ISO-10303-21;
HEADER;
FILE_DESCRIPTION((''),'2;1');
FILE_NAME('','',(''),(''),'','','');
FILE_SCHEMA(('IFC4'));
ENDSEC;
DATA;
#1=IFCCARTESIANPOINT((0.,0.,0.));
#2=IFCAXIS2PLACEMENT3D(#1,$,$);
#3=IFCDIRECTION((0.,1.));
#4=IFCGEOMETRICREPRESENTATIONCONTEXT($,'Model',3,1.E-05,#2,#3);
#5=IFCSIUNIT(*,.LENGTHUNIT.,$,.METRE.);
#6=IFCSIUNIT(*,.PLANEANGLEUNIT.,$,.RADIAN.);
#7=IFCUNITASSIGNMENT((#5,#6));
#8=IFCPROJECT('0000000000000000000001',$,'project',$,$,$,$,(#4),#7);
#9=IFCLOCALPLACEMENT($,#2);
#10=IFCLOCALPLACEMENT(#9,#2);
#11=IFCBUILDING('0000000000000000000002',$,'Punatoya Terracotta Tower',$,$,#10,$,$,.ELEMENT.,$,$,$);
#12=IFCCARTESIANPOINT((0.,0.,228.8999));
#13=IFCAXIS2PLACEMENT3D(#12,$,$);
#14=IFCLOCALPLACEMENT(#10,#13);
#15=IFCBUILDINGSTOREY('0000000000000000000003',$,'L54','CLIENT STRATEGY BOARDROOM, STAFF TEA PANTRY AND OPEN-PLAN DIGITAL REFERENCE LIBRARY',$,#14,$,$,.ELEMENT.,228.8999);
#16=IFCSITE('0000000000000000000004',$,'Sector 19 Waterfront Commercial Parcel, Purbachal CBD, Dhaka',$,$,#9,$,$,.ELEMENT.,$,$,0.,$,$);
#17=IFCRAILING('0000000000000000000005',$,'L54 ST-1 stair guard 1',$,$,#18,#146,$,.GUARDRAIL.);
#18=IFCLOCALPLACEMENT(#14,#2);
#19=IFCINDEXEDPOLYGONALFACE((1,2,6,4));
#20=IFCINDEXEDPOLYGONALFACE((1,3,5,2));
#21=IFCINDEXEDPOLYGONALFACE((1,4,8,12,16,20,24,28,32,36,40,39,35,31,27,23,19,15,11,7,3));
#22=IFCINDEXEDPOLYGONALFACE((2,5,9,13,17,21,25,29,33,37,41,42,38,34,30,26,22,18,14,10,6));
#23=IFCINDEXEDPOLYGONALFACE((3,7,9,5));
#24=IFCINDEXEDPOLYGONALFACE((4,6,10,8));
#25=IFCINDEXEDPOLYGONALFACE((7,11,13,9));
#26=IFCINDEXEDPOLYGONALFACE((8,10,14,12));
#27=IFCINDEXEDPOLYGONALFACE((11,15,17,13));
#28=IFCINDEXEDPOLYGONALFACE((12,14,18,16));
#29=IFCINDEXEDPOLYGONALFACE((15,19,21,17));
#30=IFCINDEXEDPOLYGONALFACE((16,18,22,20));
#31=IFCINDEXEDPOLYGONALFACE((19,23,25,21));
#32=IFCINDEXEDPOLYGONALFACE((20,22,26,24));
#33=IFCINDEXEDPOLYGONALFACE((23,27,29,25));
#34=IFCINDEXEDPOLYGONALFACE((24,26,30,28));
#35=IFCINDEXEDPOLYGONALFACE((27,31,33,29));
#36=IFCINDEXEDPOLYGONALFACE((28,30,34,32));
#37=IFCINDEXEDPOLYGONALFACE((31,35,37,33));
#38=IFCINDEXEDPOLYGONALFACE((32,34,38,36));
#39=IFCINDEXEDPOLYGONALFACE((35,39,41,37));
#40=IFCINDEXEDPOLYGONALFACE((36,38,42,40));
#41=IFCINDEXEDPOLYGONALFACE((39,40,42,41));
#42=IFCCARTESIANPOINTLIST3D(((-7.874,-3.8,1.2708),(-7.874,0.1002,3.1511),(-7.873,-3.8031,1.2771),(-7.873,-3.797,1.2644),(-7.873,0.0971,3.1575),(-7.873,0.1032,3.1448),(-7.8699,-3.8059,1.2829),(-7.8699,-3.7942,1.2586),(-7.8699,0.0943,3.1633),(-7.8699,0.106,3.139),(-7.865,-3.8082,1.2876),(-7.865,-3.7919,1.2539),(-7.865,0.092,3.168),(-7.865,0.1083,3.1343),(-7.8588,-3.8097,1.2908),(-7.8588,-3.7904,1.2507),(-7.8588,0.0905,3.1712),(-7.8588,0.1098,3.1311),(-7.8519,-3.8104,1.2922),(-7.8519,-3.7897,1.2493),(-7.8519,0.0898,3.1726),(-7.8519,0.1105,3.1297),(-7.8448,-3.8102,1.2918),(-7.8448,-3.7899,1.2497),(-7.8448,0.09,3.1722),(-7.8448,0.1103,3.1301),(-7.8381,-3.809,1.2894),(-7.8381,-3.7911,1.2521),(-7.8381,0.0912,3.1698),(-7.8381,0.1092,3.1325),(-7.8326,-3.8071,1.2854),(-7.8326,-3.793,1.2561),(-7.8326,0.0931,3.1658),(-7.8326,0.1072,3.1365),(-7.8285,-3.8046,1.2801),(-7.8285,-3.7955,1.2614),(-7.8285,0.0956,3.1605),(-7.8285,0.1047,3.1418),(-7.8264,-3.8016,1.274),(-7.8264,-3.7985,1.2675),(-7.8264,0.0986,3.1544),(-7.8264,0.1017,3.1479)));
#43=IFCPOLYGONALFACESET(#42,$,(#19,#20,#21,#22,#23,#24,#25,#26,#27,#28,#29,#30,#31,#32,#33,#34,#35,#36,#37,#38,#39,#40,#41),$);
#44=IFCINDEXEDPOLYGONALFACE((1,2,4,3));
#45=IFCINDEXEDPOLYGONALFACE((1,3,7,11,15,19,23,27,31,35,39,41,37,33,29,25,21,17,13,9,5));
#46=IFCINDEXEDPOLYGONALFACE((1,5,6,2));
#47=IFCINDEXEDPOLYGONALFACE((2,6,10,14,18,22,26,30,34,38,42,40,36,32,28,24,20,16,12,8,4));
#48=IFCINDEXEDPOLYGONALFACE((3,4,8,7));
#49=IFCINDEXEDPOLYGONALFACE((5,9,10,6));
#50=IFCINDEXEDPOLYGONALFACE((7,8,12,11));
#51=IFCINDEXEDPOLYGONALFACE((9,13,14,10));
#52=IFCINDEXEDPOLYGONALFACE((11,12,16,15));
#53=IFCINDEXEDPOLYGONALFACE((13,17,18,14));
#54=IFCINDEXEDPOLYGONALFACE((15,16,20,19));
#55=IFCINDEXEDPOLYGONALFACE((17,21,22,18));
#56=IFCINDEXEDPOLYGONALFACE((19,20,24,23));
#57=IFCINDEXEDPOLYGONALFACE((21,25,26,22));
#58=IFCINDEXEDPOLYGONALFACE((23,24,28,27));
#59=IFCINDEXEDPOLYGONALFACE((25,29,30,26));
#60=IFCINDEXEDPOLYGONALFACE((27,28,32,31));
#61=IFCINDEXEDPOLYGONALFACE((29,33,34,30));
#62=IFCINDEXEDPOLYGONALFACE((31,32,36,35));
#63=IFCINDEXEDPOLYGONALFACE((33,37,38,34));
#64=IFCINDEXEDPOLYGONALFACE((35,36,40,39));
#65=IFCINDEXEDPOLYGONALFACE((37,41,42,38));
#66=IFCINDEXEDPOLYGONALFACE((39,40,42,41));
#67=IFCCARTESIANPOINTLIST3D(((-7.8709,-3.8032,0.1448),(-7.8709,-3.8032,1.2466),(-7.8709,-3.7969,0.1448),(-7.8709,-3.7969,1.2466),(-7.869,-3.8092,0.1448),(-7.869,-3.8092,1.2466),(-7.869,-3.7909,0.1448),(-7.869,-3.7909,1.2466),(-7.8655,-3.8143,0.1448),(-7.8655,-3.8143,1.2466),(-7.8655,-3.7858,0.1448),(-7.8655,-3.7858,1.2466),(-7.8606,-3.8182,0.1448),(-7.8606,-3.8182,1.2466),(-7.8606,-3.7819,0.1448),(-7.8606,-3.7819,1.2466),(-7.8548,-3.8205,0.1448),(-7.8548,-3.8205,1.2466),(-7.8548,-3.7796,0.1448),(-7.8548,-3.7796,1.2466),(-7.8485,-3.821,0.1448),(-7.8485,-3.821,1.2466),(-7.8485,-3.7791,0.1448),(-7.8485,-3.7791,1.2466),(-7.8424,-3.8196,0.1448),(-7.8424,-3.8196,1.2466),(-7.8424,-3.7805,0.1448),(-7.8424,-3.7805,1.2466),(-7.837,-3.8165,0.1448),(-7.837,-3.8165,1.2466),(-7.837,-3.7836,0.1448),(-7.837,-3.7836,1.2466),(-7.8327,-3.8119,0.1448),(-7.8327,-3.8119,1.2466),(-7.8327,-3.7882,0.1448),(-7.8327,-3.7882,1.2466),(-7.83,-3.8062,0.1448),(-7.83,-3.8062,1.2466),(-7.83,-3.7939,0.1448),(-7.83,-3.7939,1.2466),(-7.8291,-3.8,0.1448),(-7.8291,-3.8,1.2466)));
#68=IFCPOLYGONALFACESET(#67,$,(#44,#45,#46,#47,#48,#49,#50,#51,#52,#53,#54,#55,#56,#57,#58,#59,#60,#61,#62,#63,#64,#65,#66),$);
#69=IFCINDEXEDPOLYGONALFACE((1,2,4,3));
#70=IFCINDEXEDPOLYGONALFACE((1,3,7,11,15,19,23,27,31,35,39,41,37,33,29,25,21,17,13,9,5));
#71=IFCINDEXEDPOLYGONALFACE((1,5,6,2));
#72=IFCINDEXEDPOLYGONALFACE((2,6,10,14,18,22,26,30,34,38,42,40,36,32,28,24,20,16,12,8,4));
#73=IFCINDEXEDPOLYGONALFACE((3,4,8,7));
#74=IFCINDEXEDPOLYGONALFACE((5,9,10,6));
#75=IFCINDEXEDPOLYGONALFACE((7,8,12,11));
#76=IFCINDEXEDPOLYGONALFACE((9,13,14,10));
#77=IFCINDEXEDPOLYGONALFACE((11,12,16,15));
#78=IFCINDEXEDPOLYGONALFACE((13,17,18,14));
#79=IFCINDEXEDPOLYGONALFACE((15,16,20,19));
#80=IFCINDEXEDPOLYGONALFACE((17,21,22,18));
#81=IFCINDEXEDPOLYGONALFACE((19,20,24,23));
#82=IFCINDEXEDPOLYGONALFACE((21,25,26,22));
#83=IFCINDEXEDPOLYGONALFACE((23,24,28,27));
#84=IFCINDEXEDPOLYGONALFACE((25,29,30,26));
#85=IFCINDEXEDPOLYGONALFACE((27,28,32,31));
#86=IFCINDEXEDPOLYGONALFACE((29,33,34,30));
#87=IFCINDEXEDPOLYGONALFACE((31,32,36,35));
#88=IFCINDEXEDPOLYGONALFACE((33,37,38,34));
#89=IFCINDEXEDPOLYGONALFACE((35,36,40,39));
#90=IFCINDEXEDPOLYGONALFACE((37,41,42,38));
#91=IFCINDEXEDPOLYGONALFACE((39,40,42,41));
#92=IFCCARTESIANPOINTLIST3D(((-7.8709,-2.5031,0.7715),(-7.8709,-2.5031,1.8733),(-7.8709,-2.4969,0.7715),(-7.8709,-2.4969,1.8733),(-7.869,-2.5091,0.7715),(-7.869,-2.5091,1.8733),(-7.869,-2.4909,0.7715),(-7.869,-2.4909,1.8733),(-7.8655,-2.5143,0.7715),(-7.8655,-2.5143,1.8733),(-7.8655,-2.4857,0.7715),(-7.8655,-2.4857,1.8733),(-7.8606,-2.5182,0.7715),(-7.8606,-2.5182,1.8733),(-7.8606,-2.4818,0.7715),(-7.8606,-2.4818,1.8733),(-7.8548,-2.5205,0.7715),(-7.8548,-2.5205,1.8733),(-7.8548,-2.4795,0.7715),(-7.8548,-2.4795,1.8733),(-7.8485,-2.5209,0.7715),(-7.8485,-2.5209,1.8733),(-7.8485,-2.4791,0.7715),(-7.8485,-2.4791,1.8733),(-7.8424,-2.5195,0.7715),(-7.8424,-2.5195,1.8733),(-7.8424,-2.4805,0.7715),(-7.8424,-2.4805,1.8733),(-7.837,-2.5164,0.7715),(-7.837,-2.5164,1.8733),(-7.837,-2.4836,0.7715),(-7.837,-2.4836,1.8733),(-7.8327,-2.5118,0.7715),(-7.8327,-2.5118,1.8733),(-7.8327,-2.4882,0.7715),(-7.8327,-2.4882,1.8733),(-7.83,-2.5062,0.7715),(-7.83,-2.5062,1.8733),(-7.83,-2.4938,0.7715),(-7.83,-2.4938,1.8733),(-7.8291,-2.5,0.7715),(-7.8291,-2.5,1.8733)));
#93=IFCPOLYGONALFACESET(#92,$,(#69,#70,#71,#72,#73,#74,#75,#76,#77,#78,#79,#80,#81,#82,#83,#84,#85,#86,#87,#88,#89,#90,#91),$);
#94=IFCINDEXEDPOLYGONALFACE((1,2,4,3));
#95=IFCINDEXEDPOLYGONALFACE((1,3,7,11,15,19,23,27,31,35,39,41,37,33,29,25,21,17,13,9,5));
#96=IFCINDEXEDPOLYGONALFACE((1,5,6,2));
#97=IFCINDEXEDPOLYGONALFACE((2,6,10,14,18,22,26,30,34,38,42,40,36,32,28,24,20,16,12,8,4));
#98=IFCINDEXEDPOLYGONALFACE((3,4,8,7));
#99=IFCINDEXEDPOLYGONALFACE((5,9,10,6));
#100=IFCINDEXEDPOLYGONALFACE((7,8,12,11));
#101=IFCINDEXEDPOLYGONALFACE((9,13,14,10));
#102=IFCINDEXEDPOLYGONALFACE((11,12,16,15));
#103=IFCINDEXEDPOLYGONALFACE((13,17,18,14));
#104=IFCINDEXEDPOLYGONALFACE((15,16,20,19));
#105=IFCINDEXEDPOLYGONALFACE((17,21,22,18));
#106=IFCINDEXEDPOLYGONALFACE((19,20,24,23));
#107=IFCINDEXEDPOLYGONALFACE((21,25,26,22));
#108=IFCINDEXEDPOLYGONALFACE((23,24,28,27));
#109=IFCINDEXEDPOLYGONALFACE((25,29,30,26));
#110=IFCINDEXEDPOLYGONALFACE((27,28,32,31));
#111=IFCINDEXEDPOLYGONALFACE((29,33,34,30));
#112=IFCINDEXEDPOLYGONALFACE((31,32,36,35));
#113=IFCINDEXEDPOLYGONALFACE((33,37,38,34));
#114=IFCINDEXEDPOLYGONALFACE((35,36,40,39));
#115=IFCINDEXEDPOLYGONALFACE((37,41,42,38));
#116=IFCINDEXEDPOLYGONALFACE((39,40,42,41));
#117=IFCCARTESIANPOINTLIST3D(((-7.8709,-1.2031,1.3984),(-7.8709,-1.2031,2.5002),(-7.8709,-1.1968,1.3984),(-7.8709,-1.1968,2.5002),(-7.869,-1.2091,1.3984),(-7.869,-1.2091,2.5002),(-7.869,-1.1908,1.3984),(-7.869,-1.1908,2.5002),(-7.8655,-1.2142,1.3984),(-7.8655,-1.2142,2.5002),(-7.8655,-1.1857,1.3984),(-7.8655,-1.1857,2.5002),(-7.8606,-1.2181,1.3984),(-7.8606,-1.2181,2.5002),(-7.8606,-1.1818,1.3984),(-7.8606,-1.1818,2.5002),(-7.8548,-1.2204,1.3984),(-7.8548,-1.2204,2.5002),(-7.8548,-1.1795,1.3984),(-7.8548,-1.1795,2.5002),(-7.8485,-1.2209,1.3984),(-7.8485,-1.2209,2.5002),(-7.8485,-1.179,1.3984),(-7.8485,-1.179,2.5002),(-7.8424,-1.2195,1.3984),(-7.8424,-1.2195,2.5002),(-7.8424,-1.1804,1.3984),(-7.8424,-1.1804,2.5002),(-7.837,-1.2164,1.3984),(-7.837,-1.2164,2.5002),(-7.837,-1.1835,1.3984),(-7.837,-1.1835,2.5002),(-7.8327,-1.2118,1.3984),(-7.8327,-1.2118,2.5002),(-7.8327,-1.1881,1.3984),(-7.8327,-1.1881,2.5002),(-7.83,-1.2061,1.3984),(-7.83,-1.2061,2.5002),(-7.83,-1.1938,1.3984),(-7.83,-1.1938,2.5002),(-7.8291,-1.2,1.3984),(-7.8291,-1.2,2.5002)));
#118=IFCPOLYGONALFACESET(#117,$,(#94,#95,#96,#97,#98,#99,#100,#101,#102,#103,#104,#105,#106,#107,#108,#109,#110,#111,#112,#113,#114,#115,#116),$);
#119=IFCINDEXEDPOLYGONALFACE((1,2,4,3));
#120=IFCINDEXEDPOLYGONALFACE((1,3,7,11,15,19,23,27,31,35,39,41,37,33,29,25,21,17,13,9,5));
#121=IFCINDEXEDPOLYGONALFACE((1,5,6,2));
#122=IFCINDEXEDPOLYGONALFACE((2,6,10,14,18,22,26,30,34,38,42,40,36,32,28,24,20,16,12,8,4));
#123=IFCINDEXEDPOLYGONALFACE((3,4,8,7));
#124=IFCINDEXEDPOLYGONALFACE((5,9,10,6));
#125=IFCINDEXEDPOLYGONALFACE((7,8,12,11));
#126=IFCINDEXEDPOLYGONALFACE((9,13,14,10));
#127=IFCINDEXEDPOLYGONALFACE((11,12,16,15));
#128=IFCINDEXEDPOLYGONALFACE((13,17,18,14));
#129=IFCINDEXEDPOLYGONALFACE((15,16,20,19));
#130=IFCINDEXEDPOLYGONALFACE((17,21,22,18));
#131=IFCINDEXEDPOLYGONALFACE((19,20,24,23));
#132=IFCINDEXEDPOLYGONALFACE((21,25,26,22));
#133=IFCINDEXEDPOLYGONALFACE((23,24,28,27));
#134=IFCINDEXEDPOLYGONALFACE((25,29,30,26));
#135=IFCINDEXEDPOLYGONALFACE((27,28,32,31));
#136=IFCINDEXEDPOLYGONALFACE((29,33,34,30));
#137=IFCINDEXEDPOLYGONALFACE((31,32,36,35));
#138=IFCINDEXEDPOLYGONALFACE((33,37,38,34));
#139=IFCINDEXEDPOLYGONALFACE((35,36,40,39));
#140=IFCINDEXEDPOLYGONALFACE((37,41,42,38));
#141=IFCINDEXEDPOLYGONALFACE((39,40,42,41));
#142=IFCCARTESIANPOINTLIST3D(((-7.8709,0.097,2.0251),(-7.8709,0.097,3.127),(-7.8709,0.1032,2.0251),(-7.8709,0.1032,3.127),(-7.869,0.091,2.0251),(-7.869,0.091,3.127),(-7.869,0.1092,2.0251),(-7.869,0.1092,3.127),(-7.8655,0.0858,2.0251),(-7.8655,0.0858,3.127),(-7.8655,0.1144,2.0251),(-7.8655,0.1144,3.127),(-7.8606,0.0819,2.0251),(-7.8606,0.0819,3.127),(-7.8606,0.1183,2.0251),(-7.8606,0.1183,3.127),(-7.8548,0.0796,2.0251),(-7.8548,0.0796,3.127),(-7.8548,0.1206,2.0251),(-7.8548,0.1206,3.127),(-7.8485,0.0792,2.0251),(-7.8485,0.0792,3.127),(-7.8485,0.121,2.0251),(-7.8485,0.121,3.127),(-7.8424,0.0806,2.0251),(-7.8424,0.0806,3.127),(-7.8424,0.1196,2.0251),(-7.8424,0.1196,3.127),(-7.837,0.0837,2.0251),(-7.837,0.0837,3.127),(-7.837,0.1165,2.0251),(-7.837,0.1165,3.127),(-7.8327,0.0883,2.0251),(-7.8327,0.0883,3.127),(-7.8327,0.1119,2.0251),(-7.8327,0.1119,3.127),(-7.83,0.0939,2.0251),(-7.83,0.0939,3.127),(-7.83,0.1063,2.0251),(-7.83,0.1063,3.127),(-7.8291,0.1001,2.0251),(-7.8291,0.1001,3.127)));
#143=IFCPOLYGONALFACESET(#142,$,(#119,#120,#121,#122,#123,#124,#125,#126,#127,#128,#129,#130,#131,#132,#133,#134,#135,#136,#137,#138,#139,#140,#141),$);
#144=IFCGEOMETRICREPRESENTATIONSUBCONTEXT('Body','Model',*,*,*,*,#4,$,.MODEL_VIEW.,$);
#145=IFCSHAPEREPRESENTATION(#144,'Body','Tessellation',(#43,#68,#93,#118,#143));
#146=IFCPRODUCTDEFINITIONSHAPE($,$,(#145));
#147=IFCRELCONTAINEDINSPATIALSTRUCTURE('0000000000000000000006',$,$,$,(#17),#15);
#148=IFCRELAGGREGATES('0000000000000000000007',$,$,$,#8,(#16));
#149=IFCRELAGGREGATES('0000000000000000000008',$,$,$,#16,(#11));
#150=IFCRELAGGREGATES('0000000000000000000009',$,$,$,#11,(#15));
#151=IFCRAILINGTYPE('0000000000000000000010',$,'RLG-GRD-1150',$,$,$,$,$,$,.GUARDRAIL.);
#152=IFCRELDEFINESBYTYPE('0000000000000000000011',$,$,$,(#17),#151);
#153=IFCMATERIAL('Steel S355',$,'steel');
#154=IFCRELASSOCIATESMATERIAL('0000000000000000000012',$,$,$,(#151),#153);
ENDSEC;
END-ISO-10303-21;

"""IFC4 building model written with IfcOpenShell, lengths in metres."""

from ifc_helpers import new_model, si_unit, direction, frame, origin, origin_2d, place, context, subcontext, project, spatial, circle, extrude, material, type_object, element, save


model = new_model("IFC4")

# Units and contexts
model_context = context("Model", 3, precision=1e-05, world=origin(), true_north=direction((0.0, 1.0)))
body_context = subcontext(model_context, "Body", "Model", "MODEL_VIEW")
ifc_project = project(units=[si_unit("LENGTHUNIT", "METRE"), si_unit("PLANEANGLEUNIT", "RADIAN")], contexts=[model_context])

# Site, building, storey
site_placement = place(None, origin())
site = spatial("IfcSite", under=ifc_project, at=site_placement, Name="Sector 19 Waterfront Commercial Parcel, Purbachal CBD, Dhaka", CompositionType="ELEMENT", RefElevation=0.0)
building_placement = place(site_placement, origin())
building = spatial("IfcBuilding", under=site, at=building_placement, Name="Punatoya Terracotta Tower", CompositionType="ELEMENT")
storey_placement = place(building_placement, frame((0.0, 0.0, 228.8999)))
storey = spatial("IfcBuildingStorey", under=building, at=storey_placement, Name="L54", Description="CLIENT STRATEGY BOARDROOM, STAFF TEA PANTRY AND OPEN-PLAN DIGITAL REFERENCE LIBRARY", CompositionType="ELEMENT", Elevation=228.8999)

# Railing
ifc_material_1 = material(Name="Steel S355", Category="steel")
railing_type_1 = type_object("IfcRailingType", Name="RLG-GRD-1150", PredefinedType="GUARDRAIL", material=ifc_material_1)
railing_1_placement = place(storey_placement, frame((-7.8501, -3.8, 0.1448)))
element("IfcRailing", 1, at=railing_1_placement, inside=storey, type_object=railing_type_1, Name="L54 ST-1 stair guard 1", PredefinedType="GUARDRAIL", context=body_context, shape_type="SweptSolid", body=[
    extrude(circle(Radius=0.0239, at=origin_2d()), frame((0.0, 0.0, 1.126), z_axis=(0.0, 0.900774, 0.434289), x_axis=(-1.0, 0.0, 0.0)), (0.0, 0.0, 1.0), 4.3298),
    extrude(circle(Radius=0.021, at=origin_2d()), origin(), (0.0, 0.0, 1.0), 1.1018),
    extrude(circle(Radius=0.021, at=origin_2d()), frame((0.0, 1.3, 0.6267)), (0.0, 0.0, 1.0), 1.1018),
    extrude(circle(Radius=0.021, at=origin_2d()), frame((0.0, 2.6001, 1.2537)), (0.0, 0.0, 1.0), 1.1018),
    extrude(circle(Radius=0.021, at=origin_2d()), frame((0.0, 3.9001, 1.8804)), (0.0, 0.0, 1.0), 1.1018),
])

save(model, "model.ifc")
